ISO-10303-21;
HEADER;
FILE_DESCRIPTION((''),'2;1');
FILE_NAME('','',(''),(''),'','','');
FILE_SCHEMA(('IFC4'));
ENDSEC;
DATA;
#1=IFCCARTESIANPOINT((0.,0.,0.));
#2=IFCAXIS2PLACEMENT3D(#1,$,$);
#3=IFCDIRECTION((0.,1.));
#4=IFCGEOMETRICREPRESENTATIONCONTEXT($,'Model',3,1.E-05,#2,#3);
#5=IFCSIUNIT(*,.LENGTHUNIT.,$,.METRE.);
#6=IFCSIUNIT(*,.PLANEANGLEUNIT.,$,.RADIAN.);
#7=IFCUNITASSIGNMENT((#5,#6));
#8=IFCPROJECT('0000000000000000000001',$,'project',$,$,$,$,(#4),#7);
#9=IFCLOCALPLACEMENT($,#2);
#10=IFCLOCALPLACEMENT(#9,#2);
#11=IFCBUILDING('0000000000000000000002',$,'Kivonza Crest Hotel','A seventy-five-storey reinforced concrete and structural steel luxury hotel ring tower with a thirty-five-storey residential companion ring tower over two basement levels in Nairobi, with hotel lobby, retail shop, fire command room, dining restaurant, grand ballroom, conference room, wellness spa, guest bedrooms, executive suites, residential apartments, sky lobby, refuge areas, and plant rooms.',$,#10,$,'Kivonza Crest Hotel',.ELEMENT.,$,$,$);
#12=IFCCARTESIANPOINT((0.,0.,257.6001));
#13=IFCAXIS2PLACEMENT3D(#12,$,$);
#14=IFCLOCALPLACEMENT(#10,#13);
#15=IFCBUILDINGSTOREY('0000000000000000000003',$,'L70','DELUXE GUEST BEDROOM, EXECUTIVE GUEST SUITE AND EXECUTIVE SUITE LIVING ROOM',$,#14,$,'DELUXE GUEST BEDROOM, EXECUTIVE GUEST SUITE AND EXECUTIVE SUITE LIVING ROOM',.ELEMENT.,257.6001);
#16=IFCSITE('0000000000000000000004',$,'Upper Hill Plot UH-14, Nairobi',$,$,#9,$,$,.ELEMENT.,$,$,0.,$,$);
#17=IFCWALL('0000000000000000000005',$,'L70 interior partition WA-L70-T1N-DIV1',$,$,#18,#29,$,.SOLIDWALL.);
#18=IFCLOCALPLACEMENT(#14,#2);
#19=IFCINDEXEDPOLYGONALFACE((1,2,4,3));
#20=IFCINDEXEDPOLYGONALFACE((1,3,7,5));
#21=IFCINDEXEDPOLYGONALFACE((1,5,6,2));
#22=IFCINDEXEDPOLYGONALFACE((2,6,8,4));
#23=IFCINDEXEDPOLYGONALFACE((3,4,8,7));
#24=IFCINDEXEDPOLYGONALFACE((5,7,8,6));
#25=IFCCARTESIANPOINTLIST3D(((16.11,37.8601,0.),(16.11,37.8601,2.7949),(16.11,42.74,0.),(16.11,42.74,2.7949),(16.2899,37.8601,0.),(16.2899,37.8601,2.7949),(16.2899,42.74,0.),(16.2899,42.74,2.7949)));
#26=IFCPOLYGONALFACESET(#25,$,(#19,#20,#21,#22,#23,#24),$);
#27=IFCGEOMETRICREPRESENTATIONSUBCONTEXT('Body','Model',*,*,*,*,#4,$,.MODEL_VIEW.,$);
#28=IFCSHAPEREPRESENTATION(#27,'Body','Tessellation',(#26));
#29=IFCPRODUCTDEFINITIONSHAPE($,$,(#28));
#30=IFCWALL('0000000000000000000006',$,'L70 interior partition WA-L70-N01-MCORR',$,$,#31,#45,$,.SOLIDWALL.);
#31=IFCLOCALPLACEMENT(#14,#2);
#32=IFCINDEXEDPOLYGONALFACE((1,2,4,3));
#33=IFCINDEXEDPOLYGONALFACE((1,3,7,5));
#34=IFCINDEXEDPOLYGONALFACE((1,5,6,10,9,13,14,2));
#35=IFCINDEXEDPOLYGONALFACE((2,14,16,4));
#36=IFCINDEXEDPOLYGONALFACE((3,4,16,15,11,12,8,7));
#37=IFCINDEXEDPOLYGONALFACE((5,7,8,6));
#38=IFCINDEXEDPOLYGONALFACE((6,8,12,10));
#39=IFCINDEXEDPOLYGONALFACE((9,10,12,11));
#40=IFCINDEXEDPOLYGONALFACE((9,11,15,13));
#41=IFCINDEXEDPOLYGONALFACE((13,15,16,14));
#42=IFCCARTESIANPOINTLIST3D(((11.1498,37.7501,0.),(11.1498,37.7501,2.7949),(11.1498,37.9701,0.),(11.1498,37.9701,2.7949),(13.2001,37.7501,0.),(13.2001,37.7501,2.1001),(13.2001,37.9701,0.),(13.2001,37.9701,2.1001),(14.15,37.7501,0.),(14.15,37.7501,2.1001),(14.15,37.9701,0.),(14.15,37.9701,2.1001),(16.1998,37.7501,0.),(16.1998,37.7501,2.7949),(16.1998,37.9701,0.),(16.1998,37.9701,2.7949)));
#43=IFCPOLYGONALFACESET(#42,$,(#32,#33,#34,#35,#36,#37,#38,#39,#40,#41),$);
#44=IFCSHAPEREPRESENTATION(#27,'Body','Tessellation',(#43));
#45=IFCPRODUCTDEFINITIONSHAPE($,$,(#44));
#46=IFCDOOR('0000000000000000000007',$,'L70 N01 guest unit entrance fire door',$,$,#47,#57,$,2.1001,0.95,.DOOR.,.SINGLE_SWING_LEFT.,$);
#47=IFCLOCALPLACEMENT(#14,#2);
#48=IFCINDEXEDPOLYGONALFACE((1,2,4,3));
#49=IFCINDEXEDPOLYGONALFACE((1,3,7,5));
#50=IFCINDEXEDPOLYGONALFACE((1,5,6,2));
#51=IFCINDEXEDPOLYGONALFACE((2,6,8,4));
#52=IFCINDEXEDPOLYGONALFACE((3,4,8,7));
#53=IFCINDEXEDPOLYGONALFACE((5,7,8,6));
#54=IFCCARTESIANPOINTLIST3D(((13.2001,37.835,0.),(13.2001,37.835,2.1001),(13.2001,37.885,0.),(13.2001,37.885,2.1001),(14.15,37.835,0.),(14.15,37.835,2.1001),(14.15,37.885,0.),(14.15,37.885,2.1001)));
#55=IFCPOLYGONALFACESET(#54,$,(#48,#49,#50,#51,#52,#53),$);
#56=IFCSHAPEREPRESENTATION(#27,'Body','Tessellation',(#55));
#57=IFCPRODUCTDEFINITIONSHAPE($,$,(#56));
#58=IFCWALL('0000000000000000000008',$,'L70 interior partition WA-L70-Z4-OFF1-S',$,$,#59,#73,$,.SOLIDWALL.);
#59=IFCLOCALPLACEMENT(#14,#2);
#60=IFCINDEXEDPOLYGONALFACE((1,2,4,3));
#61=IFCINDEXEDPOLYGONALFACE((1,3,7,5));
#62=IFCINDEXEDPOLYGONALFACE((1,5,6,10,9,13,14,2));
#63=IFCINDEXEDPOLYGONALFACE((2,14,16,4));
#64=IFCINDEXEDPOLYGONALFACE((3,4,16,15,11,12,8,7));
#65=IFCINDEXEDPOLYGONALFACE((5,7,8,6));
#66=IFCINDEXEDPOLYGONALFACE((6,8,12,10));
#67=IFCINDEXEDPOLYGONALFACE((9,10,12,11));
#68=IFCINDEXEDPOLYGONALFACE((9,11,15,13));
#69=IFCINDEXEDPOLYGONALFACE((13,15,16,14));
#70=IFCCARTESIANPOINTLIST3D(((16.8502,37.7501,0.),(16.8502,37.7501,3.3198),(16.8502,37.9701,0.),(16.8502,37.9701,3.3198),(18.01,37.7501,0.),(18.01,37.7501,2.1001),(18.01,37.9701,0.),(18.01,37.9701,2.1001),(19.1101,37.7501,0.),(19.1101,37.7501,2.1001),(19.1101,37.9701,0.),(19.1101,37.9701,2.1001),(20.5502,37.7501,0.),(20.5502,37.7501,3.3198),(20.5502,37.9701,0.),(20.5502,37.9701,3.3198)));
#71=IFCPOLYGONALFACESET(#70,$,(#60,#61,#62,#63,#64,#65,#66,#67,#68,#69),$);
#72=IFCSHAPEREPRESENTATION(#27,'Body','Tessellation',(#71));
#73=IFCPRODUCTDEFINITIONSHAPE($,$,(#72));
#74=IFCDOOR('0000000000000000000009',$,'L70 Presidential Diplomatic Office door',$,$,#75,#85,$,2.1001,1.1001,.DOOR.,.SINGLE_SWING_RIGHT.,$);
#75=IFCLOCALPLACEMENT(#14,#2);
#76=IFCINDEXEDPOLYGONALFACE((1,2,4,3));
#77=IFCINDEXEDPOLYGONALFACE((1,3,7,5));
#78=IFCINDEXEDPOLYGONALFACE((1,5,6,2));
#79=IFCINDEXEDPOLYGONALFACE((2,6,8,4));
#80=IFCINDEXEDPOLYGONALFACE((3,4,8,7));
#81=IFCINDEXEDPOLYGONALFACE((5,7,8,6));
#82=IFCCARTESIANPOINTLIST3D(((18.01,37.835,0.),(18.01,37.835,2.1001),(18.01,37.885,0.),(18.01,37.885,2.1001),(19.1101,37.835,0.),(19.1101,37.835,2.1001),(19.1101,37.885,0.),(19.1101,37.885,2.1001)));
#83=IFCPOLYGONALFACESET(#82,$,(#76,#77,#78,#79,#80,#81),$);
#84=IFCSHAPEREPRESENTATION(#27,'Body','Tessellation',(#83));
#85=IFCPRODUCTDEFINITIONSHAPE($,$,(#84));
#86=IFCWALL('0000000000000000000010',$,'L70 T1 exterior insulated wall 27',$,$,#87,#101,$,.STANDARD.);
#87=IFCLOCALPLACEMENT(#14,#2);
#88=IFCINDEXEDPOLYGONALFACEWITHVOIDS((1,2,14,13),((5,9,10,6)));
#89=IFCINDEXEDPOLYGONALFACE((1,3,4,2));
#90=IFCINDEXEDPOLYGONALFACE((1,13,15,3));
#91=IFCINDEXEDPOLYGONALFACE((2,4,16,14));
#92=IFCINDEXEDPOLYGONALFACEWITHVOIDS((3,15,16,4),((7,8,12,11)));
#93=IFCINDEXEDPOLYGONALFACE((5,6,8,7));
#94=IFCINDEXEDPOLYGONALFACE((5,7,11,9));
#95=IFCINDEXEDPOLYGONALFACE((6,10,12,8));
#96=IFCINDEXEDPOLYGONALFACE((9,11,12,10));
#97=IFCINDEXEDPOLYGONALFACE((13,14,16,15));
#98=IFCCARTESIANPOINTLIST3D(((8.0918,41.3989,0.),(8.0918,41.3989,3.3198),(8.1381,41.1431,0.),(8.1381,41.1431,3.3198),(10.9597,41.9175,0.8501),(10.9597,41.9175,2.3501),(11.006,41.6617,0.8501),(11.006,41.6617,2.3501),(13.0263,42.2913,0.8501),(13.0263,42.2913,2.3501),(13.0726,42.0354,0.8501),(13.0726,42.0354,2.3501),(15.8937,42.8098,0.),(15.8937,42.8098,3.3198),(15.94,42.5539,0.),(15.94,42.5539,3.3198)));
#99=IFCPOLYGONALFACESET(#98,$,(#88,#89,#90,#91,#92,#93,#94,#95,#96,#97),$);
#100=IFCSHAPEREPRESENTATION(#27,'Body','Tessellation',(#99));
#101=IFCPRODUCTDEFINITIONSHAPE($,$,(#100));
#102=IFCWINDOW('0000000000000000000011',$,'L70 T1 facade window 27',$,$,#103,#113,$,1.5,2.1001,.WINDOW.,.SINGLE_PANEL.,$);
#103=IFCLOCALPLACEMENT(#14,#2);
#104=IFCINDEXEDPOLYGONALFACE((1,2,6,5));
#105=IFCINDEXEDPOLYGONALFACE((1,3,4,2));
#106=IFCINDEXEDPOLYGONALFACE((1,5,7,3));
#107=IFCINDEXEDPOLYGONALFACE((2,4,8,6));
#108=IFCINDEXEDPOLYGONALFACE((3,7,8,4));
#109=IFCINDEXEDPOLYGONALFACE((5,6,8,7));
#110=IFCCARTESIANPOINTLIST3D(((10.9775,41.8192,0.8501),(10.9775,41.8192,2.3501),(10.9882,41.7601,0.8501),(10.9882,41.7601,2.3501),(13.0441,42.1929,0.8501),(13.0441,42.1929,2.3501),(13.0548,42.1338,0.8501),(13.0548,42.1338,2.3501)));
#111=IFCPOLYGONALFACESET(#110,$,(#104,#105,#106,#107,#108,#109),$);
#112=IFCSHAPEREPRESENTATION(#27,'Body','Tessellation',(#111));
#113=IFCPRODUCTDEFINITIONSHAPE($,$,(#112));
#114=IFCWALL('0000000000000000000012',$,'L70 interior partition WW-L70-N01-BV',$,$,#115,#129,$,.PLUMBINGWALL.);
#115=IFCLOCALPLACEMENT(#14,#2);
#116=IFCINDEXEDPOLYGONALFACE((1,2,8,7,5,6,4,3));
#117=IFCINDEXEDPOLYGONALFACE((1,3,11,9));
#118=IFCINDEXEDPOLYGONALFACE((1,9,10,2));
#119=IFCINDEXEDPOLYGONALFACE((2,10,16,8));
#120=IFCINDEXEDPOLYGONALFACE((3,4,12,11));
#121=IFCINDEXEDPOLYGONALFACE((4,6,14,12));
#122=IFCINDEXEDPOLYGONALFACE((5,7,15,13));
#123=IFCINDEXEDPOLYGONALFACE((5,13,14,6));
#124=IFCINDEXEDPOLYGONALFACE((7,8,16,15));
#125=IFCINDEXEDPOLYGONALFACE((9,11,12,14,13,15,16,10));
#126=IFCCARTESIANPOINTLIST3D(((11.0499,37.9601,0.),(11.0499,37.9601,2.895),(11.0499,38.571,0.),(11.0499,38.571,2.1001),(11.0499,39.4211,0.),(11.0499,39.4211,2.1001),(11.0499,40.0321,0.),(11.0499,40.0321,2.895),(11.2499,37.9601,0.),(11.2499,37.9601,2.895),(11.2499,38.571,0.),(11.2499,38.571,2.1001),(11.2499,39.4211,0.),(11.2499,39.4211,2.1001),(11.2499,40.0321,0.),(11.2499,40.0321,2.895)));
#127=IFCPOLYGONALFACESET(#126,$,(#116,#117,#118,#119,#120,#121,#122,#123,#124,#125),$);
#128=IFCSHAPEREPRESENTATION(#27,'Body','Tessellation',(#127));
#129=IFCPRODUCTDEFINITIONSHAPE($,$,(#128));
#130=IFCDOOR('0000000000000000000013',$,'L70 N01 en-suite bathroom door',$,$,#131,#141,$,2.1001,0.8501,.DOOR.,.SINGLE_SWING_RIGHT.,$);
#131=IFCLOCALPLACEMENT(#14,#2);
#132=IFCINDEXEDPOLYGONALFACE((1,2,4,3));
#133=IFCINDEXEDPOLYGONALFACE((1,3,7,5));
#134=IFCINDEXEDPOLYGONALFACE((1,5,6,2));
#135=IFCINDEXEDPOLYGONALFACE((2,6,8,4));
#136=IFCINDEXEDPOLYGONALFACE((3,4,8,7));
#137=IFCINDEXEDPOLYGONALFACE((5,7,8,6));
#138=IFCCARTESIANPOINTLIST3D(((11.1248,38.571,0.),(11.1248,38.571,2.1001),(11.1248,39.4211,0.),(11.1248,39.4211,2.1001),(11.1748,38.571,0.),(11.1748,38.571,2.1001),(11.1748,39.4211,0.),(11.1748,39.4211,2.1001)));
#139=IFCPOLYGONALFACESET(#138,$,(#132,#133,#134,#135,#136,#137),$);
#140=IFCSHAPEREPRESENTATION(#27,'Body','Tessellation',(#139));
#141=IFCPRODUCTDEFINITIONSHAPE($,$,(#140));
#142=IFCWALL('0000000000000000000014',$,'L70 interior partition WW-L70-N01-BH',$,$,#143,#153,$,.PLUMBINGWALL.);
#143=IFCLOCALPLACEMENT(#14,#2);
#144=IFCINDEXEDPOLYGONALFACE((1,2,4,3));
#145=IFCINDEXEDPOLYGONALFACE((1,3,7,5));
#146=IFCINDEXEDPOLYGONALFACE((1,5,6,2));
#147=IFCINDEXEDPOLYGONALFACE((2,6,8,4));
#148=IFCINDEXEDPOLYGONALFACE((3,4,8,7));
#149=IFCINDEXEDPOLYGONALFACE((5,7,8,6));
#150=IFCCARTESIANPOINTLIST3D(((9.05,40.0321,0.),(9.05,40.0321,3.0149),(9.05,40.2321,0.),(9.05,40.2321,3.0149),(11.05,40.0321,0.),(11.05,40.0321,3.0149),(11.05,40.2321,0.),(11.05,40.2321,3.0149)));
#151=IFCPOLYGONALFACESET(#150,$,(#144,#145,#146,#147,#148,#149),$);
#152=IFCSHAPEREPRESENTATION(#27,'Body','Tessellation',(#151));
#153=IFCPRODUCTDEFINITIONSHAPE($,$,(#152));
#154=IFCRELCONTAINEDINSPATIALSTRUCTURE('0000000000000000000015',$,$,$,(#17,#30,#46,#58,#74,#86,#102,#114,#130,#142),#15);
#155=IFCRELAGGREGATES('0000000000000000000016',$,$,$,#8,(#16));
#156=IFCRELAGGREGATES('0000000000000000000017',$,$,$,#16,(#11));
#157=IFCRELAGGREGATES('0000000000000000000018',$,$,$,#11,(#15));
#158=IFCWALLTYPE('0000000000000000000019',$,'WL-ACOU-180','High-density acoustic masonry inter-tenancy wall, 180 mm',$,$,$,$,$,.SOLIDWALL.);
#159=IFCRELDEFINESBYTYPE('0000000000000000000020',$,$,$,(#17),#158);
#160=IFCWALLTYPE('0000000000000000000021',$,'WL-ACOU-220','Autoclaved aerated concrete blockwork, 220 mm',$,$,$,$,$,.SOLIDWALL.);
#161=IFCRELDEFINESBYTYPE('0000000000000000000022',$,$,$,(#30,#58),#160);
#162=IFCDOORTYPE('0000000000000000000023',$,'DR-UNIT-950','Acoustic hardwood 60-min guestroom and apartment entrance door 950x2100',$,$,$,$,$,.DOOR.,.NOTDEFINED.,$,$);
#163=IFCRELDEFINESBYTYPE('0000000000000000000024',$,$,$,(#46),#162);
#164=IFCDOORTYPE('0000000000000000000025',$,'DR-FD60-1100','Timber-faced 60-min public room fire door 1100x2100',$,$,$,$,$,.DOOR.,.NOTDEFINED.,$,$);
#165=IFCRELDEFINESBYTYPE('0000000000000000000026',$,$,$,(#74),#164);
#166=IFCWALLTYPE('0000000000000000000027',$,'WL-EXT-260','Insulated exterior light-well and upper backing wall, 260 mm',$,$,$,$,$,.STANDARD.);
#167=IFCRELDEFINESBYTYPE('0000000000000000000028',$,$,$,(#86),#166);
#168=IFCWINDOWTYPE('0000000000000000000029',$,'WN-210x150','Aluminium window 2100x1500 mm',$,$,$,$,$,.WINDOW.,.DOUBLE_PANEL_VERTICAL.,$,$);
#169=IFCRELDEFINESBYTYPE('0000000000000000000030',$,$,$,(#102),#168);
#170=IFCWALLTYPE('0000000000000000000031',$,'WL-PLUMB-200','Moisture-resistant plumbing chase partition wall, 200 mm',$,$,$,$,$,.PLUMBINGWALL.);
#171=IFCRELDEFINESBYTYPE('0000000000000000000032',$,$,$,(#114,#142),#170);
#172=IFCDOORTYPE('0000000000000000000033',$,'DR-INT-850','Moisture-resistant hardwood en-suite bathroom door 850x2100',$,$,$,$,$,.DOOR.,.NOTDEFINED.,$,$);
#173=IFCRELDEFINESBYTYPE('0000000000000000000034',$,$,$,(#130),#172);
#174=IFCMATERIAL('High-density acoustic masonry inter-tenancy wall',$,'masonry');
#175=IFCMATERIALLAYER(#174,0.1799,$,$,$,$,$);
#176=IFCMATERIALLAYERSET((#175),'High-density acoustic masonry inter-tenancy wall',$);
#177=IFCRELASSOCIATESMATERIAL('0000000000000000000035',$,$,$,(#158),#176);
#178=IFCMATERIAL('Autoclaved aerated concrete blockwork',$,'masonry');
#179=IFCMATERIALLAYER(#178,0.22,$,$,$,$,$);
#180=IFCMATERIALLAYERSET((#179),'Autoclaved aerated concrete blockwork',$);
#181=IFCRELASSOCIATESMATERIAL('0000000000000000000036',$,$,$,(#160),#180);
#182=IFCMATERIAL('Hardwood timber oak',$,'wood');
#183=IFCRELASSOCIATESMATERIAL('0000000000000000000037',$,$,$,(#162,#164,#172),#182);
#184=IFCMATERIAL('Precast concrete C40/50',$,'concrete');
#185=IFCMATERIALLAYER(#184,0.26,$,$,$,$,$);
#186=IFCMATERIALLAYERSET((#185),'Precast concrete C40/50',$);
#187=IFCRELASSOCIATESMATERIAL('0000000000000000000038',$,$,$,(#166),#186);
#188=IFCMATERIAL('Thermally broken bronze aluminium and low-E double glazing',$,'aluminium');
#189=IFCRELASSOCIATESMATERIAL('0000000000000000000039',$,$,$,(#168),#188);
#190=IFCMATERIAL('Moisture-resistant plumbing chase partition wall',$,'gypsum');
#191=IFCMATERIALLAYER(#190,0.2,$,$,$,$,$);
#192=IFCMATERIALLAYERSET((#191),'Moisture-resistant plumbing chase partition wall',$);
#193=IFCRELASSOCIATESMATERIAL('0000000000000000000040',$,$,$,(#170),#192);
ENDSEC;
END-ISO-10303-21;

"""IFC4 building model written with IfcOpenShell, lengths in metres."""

from ifc_helpers import new_model, si_unit, direction, frame, frame_2d, origin, place, context, subcontext, project, spatial, rectangle, extrude, material, layer, layer_set, type_object, element, fill, save


model = new_model("IFC4")

# Units and contexts
model_context = context("Model", 3, precision=1e-05, world=origin(), true_north=direction((0.0, 1.0)))
body_context = subcontext(model_context, "Body", "Model", "MODEL_VIEW")
ifc_project = project(units=[si_unit("LENGTHUNIT", "METRE"), si_unit("PLANEANGLEUNIT", "RADIAN")], contexts=[model_context])

# Site, building, storey
site_placement = place(None, origin())
site = spatial("IfcSite", under=ifc_project, at=site_placement, Name="Upper Hill Plot UH-14, Nairobi", CompositionType="ELEMENT", RefElevation=0.0)
building_placement = place(site_placement, origin())
building = spatial("IfcBuilding", under=site, at=building_placement, Name="Kivonza Crest Hotel", Description="A seventy-five-storey reinforced concrete and structural steel luxury hotel ring tower with a thirty-five-storey residential companion ring tower over two basement levels in Nairobi, with hotel lobby, retail shop, fire command room, dining restaurant, grand ballroom, conference room, wellness spa, guest bedrooms, executive suites, residential apartments, sky lobby, refuge areas, and plant rooms.", LongName="Kivonza Crest Hotel", CompositionType="ELEMENT")
storey_placement = place(building_placement, frame((0.0, 0.0, 257.6001)))
storey = spatial("IfcBuildingStorey", under=building, at=storey_placement, Name="L70", Description="DELUXE GUEST BEDROOM, EXECUTIVE GUEST SUITE AND EXECUTIVE SUITE LIVING ROOM", LongName="DELUXE GUEST BEDROOM, EXECUTIVE GUEST SUITE AND EXECUTIVE SUITE LIVING ROOM", CompositionType="ELEMENT", Elevation=257.6001)

# Wall
ifc_material_1 = material(Name="High-density acoustic masonry inter-tenancy wall", Category="masonry")
ifc_layer_1 = layer(ifc_material_1, 0.1799)
ifc_layer_set_1 = layer_set([ifc_layer_1], Name="High-density acoustic masonry inter-tenancy wall")
wall_type_1 = type_object("IfcWallType", Name="WL-ACOU-180", Description="High-density acoustic masonry inter-tenancy wall, 180 mm", PredefinedType="SOLIDWALL", material=ifc_layer_set_1)
wall_1_placement = place(storey_placement, frame((16.2, 37.8601, 0.0), z_axis=(0.0, 0.0, 1.0), x_axis=(0.0, 1.0, 0.0)))
element("IfcWall", 1, at=wall_1_placement, inside=storey, type_object=wall_type_1, Name="L70 interior partition WA-L70-T1N-DIV1", PredefinedType="SOLIDWALL", context=body_context, shape_type="SweptSolid", body=[
    extrude(rectangle(XDim=4.8799, YDim=0.1799, at=frame_2d((2.4399, 0.0))), origin(), (0.0, 0.0, 1.0), 2.7949),
])

# Walls, openings, doors
ifc_material_2 = material(Name="Autoclaved aerated concrete blockwork", Category="masonry")
ifc_layer_2 = layer(ifc_material_2, 0.22)
ifc_layer_set_2 = layer_set([ifc_layer_2], Name="Autoclaved aerated concrete blockwork")
wall_type_2 = type_object("IfcWallType", Name="WL-ACOU-220", Description="Autoclaved aerated concrete blockwork, 220 mm", PredefinedType="SOLIDWALL", material=ifc_layer_set_2)
wall_2_placement = place(storey_placement, frame((11.1499, 37.8601, 0.0), z_axis=(0.0, 0.0, 1.0), x_axis=(1.0, 0.0, 0.0)))
wall_2 = element("IfcWall", 2, at=wall_2_placement, inside=storey, type_object=wall_type_2, Name="L70 interior partition WA-L70-N01-MCORR", PredefinedType="SOLIDWALL", context=body_context, shape_type="SweptSolid", body=[
    extrude(rectangle(XDim=5.05, YDim=0.22, at=frame_2d((2.5249, 0.0))), origin(), (0.0, 0.0, 1.0), 2.7949),
])
opening_1_placement = place(wall_2_placement, frame((2.05, 0.0, 0.0)))
opening_1 = element("IfcOpeningElement", 3, at=opening_1_placement, cuts=wall_2, PredefinedType="OPENING", context=body_context, shape_type="SweptSolid", body=[
    extrude(rectangle(XDim=0.95, YDim=2.1001, at=frame_2d((0.4751, 1.05))), frame((0.0, 0.1201, 0.0), z_axis=(0.0, -1.0, 0.0), x_axis=(1.0, 0.0, 0.0)), (0.0, 0.0, 1.0), 0.24),
])
ifc_material_3 = material(Name="Hardwood timber oak", Category="wood")
door_type_1 = type_object("IfcDoorType", Name="DR-UNIT-950", Description="Acoustic hardwood 60-min guestroom and apartment entrance door 950x2100", OperationType="NOTDEFINED", PredefinedType="DOOR", material=ifc_material_3)
door_1_placement = place(opening_1_placement, origin())
door_1 = element("IfcDoor", 4, at=door_1_placement, inside=storey, type_object=door_type_1, Name="L70 N01 guest unit entrance fire door", OperationType="SINGLE_SWING_LEFT", OverallHeight=2.1001, OverallWidth=0.95, PredefinedType="DOOR", context=body_context, shape_type="SweptSolid", body=[
    extrude(rectangle(XDim=0.95, YDim=2.1001, at=frame_2d((0.4751, 1.05))), frame((0.0, 0.0249, 0.0), z_axis=(0.0, -1.0, 0.0), x_axis=(1.0, 0.0, 0.0)), (0.0, 0.0, 1.0), 0.05),
])
fill(opening_1, door_1)
wall_3_placement = place(storey_placement, frame((16.8501, 37.8601, 0.0), z_axis=(0.0, 0.0, 1.0), x_axis=(1.0, 0.0, 0.0)))
wall_3 = element("IfcWall", 5, at=wall_3_placement, inside=storey, type_object=wall_type_2, Name="L70 interior partition WA-L70-Z4-OFF1-S", PredefinedType="SOLIDWALL", context=body_context, shape_type="SweptSolid", body=[
    extrude(rectangle(XDim=3.7, YDim=0.22, at=frame_2d((1.8501, 0.0))), origin(), (0.0, 0.0, 1.0), 3.3198),
])
opening_2_placement = place(wall_3_placement, frame((1.1599, 0.0, 0.0)))
opening_2 = element("IfcOpeningElement", 6, at=opening_2_placement, cuts=wall_3, PredefinedType="OPENING", context=body_context, shape_type="SweptSolid", body=[
    extrude(rectangle(XDim=1.1001, YDim=2.1001, at=frame_2d((0.55, 1.05))), frame((0.0, 0.1201, 0.0), z_axis=(0.0, -1.0, 0.0), x_axis=(1.0, 0.0, 0.0)), (0.0, 0.0, 1.0), 0.24),
])
door_type_2 = type_object("IfcDoorType", Name="DR-FD60-1100", Description="Timber-faced 60-min public room fire door 1100x2100", OperationType="NOTDEFINED", PredefinedType="DOOR", material=ifc_material_3)
door_2_placement = place(opening_2_placement, origin())
door_2 = element("IfcDoor", 7, at=door_2_placement, inside=storey, type_object=door_type_2, Name="L70 Presidential Diplomatic Office door", OperationType="SINGLE_SWING_RIGHT", OverallHeight=2.1001, OverallWidth=1.1001, PredefinedType="DOOR", context=body_context, shape_type="SweptSolid", body=[
    extrude(rectangle(XDim=1.1001, YDim=2.1001, at=frame_2d((0.55, 1.05))), frame((0.0, 0.0249, 0.0), z_axis=(0.0, -1.0, 0.0), x_axis=(1.0, 0.0, 0.0)), (0.0, 0.0, 1.0), 0.05),
])
fill(opening_2, door_2)

# Wall, opening, window
ifc_material_4 = material(Name="Precast concrete C40/50", Category="concrete")
ifc_layer_3 = layer(ifc_material_4, 0.26)
ifc_layer_set_3 = layer_set([ifc_layer_3], Name="Precast concrete C40/50")
wall_type_3 = type_object("IfcWallType", Name="WL-EXT-260", Description="Insulated exterior light-well and upper backing wall, 260 mm", PredefinedType="STANDARD", material=ifc_layer_set_3)
wall_4_placement = place(storey_placement, frame((15.917, 42.6819, 0.0), z_axis=(0.0, 0.0, 1.0), x_axis=(-0.984039, -0.17795, 0.0)))
wall_4 = element("IfcWall", 8, at=wall_4_placement, inside=storey, type_object=wall_type_3, Name="L70 T1 exterior insulated wall 27", PredefinedType="STANDARD", context=body_context, shape_type="SweptSolid", body=[
    extrude(rectangle(XDim=7.9285, YDim=0.26, at=frame_2d((3.9644, 0.0))), origin(), (0.0, 0.0, 1.0), 3.3198),
])
opening_3_placement = place(wall_4_placement, frame((2.9141, 0.0, 0.8501)))
opening_3 = element("IfcOpeningElement", 9, at=opening_3_placement, cuts=wall_4, PredefinedType="OPENING", context=body_context, shape_type="SweptSolid", body=[
    extrude(rectangle(XDim=2.1001, YDim=1.5, at=frame_2d((1.05, 0.75))), frame((0.0, 0.1401, 0.0), z_axis=(0.0, -1.0, 0.0), x_axis=(1.0, 0.0, 0.0)), (0.0, 0.0, 1.0), 0.28),
])
ifc_material_5 = material(Name="Thermally broken bronze aluminium and low-E double glazing", Category="aluminium")
window_type = type_object("IfcWindowType", Name="WN-210x150", Description="Aluminium window 2100x1500 mm", PartitioningType="DOUBLE_PANEL_VERTICAL", PredefinedType="WINDOW", material=ifc_material_5)
window_placement = place(opening_3_placement, origin())
window = element("IfcWindow", 10, at=window_placement, inside=storey, type_object=window_type, Name="L70 T1 facade window 27", OverallHeight=1.5, OverallWidth=2.1001, PartitioningType="SINGLE_PANEL", PredefinedType="WINDOW", context=body_context, shape_type="SweptSolid", body=[
    extrude(rectangle(XDim=2.1001, YDim=1.5, at=frame_2d((1.05, 0.75))), frame((0.0, 0.03, 0.0), z_axis=(0.0, -1.0, 0.0), x_axis=(1.0, 0.0, 0.0)), (0.0, 0.0, 1.0), 0.0601),
])
fill(opening_3, window)

# Wall, opening, door
ifc_material_6 = material(Name="Moisture-resistant plumbing chase partition wall", Category="gypsum")
ifc_layer_4 = layer(ifc_material_6, 0.2)
ifc_layer_set_4 = layer_set([ifc_layer_4], Name="Moisture-resistant plumbing chase partition wall")
wall_type_4 = type_object("IfcWallType", Name="WL-PLUMB-200", Description="Moisture-resistant plumbing chase partition wall, 200 mm", PredefinedType="PLUMBINGWALL", material=ifc_layer_set_4)
wall_5_placement = place(storey_placement, frame((11.1499, 37.96, 0.0), z_axis=(0.0, 0.0, 1.0), x_axis=(0.0, 1.0, 0.0)))
wall_5 = element("IfcWall", 11, at=wall_5_placement, inside=storey, type_object=wall_type_4, Name="L70 interior partition WW-L70-N01-BV", PredefinedType="PLUMBINGWALL", context=body_context, shape_type="SweptSolid", body=[
    extrude(rectangle(XDim=2.072, YDim=0.2, at=frame_2d((1.0361, 0.0))), origin(), (0.0, 0.0, 1.0), 2.895),
])
opening_4_placement = place(wall_5_placement, frame((0.6111, 0.0, 0.0)))
opening_4 = element("IfcOpeningElement", 12, at=opening_4_placement, cuts=wall_5, PredefinedType="OPENING", context=body_context, shape_type="SweptSolid", body=[
    extrude(rectangle(XDim=0.8501, YDim=2.1001, at=frame_2d((0.425, 1.05))), frame((0.0, 0.1099, 0.0), z_axis=(0.0, -1.0, 0.0), x_axis=(1.0, 0.0, 0.0)), (0.0, 0.0, 1.0), 0.22),
])
door_type_3 = type_object("IfcDoorType", Name="DR-INT-850", Description="Moisture-resistant hardwood en-suite bathroom door 850x2100", OperationType="NOTDEFINED", PredefinedType="DOOR", material=ifc_material_3)
door_3_placement = place(opening_4_placement, frame((0.8501, 0.0, 0.0), z_axis=(0.0, 0.0, 1.0), x_axis=(-1.0, 0.0, 0.0)))
door_3 = element("IfcDoor", 13, at=door_3_placement, inside=storey, type_object=door_type_3, Name="L70 N01 en-suite bathroom door", OperationType="SINGLE_SWING_RIGHT", OverallHeight=2.1001, OverallWidth=0.8501, PredefinedType="DOOR", context=body_context, shape_type="SweptSolid", body=[
    extrude(rectangle(XDim=0.8501, YDim=2.1001, at=frame_2d((0.425, 1.05))), frame((0.0, 0.0249, 0.0), z_axis=(0.0, -1.0, 0.0), x_axis=(1.0, 0.0, 0.0)), (0.0, 0.0, 1.0), 0.05),
])
fill(opening_4, door_3)

# Wall
wall_6_placement = place(storey_placement, frame((9.05, 40.1321, 0.0), z_axis=(0.0, 0.0, 1.0), x_axis=(1.0, 0.0, 0.0)))
element("IfcWall", 14, at=wall_6_placement, inside=storey, type_object=wall_type_4, Name="L70 interior partition WW-L70-N01-BH", PredefinedType="PLUMBINGWALL", context=body_context, shape_type="SweptSolid", body=[
    extrude(rectangle(XDim=2.0, YDim=0.2, at=frame_2d((1.0, 0.0))), origin(), (0.0, 0.0, 1.0), 3.0149),
])

save(model, "model.ifc")
